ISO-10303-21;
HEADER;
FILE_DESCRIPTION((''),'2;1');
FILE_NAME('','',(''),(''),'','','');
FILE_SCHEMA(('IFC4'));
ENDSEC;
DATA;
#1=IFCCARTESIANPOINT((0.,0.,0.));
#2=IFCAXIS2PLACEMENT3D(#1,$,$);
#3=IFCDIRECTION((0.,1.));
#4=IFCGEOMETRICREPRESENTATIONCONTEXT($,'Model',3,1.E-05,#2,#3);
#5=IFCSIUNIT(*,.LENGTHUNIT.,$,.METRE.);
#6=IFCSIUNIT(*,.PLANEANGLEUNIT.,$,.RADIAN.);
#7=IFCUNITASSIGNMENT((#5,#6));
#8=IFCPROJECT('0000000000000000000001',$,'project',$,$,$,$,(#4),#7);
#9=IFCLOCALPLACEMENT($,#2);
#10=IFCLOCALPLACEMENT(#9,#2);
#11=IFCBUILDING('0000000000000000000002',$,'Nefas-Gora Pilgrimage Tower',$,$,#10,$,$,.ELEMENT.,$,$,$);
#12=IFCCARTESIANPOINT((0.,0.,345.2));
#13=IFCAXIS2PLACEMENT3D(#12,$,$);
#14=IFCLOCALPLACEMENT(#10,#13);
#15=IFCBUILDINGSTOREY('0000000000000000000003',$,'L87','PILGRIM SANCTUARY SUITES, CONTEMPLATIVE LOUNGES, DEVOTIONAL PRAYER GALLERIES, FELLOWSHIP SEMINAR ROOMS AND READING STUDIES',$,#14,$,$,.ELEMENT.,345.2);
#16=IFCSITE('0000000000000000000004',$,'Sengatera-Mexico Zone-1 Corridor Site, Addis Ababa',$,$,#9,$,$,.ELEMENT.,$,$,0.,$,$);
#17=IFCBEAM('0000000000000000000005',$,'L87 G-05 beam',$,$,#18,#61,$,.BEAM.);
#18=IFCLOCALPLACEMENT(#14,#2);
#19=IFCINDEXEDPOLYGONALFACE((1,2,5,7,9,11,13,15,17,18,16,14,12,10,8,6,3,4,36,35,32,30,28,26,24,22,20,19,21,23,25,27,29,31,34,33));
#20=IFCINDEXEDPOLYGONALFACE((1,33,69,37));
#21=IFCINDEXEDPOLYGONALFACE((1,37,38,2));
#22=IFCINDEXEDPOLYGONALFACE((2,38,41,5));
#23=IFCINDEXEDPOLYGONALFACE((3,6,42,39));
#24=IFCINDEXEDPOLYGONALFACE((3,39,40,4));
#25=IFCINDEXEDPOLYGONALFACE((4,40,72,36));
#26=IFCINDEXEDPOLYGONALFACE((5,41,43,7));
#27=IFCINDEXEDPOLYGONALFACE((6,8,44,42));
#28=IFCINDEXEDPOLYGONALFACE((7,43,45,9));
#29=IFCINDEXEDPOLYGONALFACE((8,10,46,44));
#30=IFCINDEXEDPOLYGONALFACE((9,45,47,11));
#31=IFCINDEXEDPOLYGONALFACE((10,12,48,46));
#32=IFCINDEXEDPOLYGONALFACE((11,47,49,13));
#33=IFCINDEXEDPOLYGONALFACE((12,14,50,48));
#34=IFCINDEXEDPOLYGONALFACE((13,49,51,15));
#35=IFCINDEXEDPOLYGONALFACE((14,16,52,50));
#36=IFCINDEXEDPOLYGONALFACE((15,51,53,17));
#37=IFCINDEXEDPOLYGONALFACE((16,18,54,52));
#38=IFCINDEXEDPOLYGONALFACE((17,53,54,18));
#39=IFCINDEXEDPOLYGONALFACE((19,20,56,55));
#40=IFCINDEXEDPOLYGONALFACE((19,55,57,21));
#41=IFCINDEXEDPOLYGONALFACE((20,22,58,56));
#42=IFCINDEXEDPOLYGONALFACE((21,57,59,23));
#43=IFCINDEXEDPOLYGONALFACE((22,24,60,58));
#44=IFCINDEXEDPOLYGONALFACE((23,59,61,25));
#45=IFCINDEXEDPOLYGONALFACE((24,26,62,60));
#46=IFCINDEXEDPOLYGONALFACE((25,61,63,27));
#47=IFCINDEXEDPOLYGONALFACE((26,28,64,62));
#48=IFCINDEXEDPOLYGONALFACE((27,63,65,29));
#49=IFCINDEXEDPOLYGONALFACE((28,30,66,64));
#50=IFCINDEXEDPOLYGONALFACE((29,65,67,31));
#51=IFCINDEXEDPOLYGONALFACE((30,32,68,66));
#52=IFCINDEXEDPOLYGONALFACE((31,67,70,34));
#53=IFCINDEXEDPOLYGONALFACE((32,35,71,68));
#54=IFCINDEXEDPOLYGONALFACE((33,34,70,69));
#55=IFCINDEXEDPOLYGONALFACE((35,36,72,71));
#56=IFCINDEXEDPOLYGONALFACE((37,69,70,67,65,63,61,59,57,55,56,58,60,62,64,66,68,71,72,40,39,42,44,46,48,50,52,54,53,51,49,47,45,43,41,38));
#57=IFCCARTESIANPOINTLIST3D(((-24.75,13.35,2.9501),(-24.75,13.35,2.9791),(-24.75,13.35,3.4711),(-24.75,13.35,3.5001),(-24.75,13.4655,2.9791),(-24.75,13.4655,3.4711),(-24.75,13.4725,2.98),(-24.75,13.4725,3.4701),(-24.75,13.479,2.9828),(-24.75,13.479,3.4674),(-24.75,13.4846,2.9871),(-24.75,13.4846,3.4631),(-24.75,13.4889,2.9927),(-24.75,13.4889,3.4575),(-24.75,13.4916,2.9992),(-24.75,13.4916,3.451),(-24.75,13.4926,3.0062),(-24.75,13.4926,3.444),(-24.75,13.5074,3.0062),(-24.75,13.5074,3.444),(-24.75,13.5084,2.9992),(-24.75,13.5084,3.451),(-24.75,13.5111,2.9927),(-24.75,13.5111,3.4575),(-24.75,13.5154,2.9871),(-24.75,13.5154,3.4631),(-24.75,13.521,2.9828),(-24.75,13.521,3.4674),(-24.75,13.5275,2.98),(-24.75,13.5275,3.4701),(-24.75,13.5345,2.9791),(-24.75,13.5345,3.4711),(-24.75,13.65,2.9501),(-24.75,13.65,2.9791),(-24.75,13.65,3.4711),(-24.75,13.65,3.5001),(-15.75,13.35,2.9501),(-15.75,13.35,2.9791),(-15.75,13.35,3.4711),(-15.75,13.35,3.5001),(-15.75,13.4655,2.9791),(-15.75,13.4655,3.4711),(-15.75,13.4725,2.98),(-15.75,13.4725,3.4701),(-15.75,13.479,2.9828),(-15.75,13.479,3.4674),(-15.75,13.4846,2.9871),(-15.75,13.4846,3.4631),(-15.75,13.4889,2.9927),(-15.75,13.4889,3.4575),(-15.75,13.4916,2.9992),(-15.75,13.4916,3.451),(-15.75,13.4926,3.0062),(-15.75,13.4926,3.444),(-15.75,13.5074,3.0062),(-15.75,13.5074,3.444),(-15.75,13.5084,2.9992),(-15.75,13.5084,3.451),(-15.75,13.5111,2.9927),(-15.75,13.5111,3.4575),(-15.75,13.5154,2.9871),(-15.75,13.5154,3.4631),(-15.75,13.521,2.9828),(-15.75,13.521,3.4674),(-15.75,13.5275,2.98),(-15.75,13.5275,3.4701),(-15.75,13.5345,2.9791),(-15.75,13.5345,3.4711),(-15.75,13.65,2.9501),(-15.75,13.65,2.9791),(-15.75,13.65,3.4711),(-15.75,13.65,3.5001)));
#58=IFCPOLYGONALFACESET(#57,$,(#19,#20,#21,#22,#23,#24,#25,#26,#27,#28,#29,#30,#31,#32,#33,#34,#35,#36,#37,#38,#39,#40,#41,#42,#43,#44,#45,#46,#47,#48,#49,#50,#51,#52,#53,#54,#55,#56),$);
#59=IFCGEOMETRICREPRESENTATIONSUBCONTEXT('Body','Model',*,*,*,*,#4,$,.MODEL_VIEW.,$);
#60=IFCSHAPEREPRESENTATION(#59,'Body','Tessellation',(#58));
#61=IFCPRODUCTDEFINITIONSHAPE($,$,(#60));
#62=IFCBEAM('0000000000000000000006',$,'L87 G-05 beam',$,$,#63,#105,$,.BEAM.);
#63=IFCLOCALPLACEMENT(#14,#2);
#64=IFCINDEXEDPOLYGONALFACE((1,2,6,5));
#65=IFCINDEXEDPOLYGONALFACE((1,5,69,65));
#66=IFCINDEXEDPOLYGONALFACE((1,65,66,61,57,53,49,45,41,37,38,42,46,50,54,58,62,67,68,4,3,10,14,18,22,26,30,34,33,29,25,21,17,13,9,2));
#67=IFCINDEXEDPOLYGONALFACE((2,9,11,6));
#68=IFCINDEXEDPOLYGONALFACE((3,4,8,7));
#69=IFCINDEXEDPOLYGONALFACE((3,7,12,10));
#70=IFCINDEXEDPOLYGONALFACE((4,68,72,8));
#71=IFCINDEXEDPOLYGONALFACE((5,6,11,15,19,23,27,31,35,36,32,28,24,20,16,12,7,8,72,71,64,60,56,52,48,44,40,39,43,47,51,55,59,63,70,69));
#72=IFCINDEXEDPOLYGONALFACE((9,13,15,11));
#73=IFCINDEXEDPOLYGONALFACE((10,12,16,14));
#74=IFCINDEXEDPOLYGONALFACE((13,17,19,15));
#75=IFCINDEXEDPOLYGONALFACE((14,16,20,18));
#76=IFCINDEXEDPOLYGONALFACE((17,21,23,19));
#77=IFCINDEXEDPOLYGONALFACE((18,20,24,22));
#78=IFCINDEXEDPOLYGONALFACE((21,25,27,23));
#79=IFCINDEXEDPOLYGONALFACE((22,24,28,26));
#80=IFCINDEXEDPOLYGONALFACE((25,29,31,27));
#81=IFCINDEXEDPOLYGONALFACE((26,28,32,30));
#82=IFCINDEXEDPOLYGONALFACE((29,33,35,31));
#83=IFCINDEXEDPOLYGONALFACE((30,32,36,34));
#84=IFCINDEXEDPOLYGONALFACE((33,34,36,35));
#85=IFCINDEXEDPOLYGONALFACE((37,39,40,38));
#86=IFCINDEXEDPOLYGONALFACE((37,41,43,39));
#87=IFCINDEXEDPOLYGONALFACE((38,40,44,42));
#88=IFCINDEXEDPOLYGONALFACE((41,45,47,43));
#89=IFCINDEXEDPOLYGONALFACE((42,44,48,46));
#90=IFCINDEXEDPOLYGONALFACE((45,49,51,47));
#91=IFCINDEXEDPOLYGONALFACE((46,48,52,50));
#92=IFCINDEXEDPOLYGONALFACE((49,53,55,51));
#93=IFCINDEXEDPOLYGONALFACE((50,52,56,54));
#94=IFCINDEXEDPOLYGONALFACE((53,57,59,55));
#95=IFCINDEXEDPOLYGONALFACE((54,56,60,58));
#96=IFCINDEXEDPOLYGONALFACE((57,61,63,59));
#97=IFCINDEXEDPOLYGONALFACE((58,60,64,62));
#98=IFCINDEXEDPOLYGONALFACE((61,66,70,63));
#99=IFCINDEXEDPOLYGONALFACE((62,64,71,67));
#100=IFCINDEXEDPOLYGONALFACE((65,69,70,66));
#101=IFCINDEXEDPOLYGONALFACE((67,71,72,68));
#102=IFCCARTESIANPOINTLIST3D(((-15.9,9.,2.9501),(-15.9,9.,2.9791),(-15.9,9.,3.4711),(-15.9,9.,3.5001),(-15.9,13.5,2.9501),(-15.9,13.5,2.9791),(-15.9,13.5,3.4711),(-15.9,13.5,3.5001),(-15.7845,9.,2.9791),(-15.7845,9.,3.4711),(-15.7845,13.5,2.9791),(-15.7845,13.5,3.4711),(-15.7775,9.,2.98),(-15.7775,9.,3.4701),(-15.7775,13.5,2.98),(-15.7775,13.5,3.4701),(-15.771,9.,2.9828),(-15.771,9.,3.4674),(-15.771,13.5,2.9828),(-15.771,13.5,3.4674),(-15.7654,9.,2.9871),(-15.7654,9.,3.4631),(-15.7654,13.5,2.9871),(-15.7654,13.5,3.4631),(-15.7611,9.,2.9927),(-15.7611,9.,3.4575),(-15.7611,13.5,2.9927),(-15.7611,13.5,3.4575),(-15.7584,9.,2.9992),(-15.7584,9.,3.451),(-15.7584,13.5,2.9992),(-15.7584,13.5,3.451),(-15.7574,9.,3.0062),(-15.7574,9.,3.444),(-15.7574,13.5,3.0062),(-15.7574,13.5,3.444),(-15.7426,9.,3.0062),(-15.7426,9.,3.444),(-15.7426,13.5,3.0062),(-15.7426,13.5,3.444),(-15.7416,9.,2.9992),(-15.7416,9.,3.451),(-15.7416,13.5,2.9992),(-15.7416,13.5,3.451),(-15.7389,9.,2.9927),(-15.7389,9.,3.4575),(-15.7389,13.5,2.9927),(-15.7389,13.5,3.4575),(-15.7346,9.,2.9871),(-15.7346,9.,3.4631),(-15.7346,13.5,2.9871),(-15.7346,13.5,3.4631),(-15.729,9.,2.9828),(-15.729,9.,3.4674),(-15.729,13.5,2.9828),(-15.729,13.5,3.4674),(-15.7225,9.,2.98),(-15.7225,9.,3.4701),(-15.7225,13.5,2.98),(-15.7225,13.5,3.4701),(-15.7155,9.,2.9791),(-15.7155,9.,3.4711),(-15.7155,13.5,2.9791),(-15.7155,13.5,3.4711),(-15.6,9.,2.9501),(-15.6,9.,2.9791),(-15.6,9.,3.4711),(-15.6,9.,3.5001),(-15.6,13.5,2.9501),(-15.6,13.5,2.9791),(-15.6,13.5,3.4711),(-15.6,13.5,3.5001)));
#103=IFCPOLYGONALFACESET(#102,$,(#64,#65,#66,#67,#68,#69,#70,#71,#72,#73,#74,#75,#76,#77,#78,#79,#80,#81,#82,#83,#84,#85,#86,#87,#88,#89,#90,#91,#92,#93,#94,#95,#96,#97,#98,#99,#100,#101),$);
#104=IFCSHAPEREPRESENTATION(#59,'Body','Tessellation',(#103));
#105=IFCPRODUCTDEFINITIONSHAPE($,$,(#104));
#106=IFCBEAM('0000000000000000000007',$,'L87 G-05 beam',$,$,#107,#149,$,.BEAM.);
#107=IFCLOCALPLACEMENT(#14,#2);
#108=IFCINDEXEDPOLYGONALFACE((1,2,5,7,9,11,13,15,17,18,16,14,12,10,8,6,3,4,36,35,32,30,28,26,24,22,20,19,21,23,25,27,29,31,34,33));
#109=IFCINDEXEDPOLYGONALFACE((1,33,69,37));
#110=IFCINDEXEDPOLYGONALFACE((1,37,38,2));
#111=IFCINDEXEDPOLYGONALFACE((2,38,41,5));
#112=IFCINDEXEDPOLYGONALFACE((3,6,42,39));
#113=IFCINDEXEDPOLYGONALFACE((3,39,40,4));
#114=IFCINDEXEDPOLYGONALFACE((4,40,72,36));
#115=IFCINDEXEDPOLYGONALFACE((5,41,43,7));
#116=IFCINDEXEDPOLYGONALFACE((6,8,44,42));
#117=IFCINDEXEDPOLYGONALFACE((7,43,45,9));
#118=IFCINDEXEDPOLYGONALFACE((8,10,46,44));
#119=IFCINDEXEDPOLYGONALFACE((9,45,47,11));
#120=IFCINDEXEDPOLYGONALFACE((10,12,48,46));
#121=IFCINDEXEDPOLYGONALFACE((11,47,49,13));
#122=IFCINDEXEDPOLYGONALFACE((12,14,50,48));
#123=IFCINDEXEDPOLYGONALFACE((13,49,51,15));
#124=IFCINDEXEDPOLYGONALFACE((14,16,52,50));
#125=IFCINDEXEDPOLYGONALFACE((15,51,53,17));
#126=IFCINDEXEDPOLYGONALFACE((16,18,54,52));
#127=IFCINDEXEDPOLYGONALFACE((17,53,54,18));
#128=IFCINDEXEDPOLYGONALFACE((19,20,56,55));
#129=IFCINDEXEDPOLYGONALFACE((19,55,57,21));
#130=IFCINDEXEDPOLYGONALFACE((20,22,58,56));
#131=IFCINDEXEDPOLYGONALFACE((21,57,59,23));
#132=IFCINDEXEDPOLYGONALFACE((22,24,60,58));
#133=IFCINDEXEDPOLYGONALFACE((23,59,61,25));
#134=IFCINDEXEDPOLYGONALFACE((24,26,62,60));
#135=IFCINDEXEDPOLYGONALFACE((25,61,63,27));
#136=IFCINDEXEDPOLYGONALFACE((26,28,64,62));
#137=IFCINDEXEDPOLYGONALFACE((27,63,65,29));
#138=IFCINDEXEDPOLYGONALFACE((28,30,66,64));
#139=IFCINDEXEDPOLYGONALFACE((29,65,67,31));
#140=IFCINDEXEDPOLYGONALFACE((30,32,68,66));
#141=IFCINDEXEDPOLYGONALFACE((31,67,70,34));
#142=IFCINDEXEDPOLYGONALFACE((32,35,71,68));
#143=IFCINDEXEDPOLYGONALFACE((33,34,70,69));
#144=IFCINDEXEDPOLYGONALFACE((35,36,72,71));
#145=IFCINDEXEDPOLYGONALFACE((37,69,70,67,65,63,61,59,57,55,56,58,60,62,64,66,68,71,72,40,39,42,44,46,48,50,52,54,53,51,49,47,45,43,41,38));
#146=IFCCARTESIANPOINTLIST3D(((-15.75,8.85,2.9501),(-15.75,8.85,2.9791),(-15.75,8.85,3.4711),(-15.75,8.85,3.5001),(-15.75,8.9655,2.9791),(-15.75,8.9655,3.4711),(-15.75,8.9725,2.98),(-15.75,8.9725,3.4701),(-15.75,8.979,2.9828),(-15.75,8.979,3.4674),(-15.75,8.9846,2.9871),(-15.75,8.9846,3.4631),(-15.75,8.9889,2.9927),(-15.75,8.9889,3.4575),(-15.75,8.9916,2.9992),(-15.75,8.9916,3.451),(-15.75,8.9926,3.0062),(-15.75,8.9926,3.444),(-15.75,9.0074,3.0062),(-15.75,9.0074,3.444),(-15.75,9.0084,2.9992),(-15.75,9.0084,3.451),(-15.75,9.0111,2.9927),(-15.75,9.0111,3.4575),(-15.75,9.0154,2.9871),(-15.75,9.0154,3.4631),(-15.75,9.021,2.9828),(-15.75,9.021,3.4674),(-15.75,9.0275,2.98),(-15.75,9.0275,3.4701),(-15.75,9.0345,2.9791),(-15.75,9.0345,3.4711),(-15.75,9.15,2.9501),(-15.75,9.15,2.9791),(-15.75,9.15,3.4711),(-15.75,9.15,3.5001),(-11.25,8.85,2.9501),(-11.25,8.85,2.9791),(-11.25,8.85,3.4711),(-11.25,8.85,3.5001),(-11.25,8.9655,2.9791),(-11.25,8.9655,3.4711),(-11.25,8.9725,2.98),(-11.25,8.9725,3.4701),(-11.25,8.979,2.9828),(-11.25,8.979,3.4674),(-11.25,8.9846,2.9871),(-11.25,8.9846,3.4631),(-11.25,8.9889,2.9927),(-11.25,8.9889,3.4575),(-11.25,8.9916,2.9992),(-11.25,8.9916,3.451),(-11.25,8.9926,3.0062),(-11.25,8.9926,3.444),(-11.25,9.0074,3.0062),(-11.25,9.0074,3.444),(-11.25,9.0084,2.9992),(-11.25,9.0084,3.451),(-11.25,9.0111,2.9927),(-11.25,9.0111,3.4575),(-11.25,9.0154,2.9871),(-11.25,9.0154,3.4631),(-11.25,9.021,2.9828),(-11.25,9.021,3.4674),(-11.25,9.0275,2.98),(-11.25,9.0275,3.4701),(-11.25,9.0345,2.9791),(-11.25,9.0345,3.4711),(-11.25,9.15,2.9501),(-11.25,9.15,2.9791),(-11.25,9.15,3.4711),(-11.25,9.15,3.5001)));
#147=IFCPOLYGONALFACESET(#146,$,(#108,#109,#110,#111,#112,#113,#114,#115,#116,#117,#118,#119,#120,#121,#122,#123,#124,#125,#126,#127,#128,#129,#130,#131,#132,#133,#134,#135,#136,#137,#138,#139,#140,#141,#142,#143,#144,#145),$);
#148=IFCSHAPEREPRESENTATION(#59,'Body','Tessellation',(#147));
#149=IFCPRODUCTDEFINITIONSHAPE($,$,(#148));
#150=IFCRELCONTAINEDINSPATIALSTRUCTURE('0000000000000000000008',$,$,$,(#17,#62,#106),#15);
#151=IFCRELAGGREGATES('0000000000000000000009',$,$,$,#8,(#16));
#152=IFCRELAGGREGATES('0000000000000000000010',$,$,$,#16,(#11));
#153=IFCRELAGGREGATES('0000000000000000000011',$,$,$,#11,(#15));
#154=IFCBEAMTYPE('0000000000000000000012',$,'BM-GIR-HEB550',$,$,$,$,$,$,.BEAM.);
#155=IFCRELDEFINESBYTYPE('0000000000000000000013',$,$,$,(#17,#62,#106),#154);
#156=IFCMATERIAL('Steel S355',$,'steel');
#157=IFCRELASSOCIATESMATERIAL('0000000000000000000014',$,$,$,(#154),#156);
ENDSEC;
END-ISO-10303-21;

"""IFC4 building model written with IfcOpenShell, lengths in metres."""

from ifc_helpers import new_model, si_unit, direction, frame, origin, origin_2d, place, context, subcontext, project, spatial, i_section, extrude, source, transform, mapped, material, material_profile, profile_set, type_object, element, save


model = new_model("IFC4")

# Units and contexts
model_context = context("Model", 3, precision=1e-05, world=origin(), true_north=direction((0.0, 1.0)))
body_context = subcontext(model_context, "Body", "Model", "MODEL_VIEW")
ifc_project = project(units=[si_unit("LENGTHUNIT", "METRE"), si_unit("PLANEANGLEUNIT", "RADIAN")], contexts=[model_context])

# Site, building, storey
site_placement = place(None, origin())
site = spatial("IfcSite", under=ifc_project, at=site_placement, Name="Sengatera-Mexico Zone-1 Corridor Site, Addis Ababa", CompositionType="ELEMENT", RefElevation=0.0)
building_placement = place(site_placement, origin())
building = spatial("IfcBuilding", under=site, at=building_placement, Name="Nefas-Gora Pilgrimage Tower", CompositionType="ELEMENT")
storey_placement = place(building_placement, frame((0.0, 0.0, 345.2)))
storey = spatial("IfcBuildingStorey", under=building, at=storey_placement, Name="L87", Description="PILGRIM SANCTUARY SUITES, CONTEMPLATIVE LOUNGES, DEVOTIONAL PRAYER GALLERIES, FELLOWSHIP SEMINAR ROOMS AND READING STUDIES", CompositionType="ELEMENT", Elevation=345.2)

# Shared definitions
ifc_material_1 = material(Name="Steel S355", Category="steel")

# Beams
ifc_material_profile_1 = material_profile(ifc_material_1, i_section(OverallWidth=0.3, OverallDepth=0.55, WebThickness=0.0149, FlangeThickness=0.0291, FilletRadius=0.0271, at=origin_2d()), Name="HEB 550")
ifc_profile_set_1 = profile_set([ifc_material_profile_1], Name="Steel S355")
beam_type_1 = type_object("IfcBeamType", Name="BM-GIR-HEB550", PredefinedType="BEAM", material=ifc_profile_set_1)
shared_shape_1 = source(origin(), body_context, "Body", "SweptSolid", [
    extrude(i_section(OverallWidth=0.3, OverallDepth=0.55, WebThickness=0.0149, FlangeThickness=0.0291, FilletRadius=0.0271, at=origin_2d()), origin(), (0.0, 0.0, 1.0), 9.0),
])
for number, where, z_axis, x_axis, name in (
    (1, (-24.75, 13.5, 3.2251), (1.0, 0.0, 0.0), (0.0, 1.0, 0.0), "L87 G-05 beam"),
):
    element("IfcBeam", number, at=place(storey_placement, frame(where, z_axis=z_axis, x_axis=x_axis)), inside=storey, type_object=beam_type_1, Name=name, PredefinedType="BEAM", context=body_context, shape_type="MappedRepresentation", body=[
        mapped(shared_shape_1, transform((0.0, 0.0, 0.0), x_axis=(1.0, 0.0, 0.0), y_axis=(0.0, 1.0, 0.0), z_axis=(0.0, 0.0, 1.0), scale=1.0)),
    ])
shared_shape_2 = source(origin(), body_context, "Body", "SweptSolid", [
    extrude(i_section(OverallWidth=0.3, OverallDepth=0.55, WebThickness=0.0149, FlangeThickness=0.0291, FilletRadius=0.0271, at=origin_2d()), origin(), (0.0, 0.0, 1.0), 4.5),
])
for number, where, z_axis, x_axis, name in (
    (2, (-15.75, 9.0, 3.2251), (0.0, 1.0, 0.0), (-1.0, 0.0, 0.0), "L87 G-05 beam"),
    (3, (-15.75, 9.0, 3.2251), (1.0, 0.0, 0.0), (0.0, 1.0, 0.0), "L87 G-05 beam"),
):
    element("IfcBeam", number, at=place(storey_placement, frame(where, z_axis=z_axis, x_axis=x_axis)), inside=storey, type_object=beam_type_1, Name=name, PredefinedType="BEAM", context=body_context, shape_type="MappedRepresentation", body=[
        mapped(shared_shape_2, transform((0.0, 0.0, 0.0), x_axis=(1.0, 0.0, 0.0), y_axis=(0.0, 1.0, 0.0), z_axis=(0.0, 0.0, 1.0), scale=1.0)),
    ])

save(model, "model.ifc")
